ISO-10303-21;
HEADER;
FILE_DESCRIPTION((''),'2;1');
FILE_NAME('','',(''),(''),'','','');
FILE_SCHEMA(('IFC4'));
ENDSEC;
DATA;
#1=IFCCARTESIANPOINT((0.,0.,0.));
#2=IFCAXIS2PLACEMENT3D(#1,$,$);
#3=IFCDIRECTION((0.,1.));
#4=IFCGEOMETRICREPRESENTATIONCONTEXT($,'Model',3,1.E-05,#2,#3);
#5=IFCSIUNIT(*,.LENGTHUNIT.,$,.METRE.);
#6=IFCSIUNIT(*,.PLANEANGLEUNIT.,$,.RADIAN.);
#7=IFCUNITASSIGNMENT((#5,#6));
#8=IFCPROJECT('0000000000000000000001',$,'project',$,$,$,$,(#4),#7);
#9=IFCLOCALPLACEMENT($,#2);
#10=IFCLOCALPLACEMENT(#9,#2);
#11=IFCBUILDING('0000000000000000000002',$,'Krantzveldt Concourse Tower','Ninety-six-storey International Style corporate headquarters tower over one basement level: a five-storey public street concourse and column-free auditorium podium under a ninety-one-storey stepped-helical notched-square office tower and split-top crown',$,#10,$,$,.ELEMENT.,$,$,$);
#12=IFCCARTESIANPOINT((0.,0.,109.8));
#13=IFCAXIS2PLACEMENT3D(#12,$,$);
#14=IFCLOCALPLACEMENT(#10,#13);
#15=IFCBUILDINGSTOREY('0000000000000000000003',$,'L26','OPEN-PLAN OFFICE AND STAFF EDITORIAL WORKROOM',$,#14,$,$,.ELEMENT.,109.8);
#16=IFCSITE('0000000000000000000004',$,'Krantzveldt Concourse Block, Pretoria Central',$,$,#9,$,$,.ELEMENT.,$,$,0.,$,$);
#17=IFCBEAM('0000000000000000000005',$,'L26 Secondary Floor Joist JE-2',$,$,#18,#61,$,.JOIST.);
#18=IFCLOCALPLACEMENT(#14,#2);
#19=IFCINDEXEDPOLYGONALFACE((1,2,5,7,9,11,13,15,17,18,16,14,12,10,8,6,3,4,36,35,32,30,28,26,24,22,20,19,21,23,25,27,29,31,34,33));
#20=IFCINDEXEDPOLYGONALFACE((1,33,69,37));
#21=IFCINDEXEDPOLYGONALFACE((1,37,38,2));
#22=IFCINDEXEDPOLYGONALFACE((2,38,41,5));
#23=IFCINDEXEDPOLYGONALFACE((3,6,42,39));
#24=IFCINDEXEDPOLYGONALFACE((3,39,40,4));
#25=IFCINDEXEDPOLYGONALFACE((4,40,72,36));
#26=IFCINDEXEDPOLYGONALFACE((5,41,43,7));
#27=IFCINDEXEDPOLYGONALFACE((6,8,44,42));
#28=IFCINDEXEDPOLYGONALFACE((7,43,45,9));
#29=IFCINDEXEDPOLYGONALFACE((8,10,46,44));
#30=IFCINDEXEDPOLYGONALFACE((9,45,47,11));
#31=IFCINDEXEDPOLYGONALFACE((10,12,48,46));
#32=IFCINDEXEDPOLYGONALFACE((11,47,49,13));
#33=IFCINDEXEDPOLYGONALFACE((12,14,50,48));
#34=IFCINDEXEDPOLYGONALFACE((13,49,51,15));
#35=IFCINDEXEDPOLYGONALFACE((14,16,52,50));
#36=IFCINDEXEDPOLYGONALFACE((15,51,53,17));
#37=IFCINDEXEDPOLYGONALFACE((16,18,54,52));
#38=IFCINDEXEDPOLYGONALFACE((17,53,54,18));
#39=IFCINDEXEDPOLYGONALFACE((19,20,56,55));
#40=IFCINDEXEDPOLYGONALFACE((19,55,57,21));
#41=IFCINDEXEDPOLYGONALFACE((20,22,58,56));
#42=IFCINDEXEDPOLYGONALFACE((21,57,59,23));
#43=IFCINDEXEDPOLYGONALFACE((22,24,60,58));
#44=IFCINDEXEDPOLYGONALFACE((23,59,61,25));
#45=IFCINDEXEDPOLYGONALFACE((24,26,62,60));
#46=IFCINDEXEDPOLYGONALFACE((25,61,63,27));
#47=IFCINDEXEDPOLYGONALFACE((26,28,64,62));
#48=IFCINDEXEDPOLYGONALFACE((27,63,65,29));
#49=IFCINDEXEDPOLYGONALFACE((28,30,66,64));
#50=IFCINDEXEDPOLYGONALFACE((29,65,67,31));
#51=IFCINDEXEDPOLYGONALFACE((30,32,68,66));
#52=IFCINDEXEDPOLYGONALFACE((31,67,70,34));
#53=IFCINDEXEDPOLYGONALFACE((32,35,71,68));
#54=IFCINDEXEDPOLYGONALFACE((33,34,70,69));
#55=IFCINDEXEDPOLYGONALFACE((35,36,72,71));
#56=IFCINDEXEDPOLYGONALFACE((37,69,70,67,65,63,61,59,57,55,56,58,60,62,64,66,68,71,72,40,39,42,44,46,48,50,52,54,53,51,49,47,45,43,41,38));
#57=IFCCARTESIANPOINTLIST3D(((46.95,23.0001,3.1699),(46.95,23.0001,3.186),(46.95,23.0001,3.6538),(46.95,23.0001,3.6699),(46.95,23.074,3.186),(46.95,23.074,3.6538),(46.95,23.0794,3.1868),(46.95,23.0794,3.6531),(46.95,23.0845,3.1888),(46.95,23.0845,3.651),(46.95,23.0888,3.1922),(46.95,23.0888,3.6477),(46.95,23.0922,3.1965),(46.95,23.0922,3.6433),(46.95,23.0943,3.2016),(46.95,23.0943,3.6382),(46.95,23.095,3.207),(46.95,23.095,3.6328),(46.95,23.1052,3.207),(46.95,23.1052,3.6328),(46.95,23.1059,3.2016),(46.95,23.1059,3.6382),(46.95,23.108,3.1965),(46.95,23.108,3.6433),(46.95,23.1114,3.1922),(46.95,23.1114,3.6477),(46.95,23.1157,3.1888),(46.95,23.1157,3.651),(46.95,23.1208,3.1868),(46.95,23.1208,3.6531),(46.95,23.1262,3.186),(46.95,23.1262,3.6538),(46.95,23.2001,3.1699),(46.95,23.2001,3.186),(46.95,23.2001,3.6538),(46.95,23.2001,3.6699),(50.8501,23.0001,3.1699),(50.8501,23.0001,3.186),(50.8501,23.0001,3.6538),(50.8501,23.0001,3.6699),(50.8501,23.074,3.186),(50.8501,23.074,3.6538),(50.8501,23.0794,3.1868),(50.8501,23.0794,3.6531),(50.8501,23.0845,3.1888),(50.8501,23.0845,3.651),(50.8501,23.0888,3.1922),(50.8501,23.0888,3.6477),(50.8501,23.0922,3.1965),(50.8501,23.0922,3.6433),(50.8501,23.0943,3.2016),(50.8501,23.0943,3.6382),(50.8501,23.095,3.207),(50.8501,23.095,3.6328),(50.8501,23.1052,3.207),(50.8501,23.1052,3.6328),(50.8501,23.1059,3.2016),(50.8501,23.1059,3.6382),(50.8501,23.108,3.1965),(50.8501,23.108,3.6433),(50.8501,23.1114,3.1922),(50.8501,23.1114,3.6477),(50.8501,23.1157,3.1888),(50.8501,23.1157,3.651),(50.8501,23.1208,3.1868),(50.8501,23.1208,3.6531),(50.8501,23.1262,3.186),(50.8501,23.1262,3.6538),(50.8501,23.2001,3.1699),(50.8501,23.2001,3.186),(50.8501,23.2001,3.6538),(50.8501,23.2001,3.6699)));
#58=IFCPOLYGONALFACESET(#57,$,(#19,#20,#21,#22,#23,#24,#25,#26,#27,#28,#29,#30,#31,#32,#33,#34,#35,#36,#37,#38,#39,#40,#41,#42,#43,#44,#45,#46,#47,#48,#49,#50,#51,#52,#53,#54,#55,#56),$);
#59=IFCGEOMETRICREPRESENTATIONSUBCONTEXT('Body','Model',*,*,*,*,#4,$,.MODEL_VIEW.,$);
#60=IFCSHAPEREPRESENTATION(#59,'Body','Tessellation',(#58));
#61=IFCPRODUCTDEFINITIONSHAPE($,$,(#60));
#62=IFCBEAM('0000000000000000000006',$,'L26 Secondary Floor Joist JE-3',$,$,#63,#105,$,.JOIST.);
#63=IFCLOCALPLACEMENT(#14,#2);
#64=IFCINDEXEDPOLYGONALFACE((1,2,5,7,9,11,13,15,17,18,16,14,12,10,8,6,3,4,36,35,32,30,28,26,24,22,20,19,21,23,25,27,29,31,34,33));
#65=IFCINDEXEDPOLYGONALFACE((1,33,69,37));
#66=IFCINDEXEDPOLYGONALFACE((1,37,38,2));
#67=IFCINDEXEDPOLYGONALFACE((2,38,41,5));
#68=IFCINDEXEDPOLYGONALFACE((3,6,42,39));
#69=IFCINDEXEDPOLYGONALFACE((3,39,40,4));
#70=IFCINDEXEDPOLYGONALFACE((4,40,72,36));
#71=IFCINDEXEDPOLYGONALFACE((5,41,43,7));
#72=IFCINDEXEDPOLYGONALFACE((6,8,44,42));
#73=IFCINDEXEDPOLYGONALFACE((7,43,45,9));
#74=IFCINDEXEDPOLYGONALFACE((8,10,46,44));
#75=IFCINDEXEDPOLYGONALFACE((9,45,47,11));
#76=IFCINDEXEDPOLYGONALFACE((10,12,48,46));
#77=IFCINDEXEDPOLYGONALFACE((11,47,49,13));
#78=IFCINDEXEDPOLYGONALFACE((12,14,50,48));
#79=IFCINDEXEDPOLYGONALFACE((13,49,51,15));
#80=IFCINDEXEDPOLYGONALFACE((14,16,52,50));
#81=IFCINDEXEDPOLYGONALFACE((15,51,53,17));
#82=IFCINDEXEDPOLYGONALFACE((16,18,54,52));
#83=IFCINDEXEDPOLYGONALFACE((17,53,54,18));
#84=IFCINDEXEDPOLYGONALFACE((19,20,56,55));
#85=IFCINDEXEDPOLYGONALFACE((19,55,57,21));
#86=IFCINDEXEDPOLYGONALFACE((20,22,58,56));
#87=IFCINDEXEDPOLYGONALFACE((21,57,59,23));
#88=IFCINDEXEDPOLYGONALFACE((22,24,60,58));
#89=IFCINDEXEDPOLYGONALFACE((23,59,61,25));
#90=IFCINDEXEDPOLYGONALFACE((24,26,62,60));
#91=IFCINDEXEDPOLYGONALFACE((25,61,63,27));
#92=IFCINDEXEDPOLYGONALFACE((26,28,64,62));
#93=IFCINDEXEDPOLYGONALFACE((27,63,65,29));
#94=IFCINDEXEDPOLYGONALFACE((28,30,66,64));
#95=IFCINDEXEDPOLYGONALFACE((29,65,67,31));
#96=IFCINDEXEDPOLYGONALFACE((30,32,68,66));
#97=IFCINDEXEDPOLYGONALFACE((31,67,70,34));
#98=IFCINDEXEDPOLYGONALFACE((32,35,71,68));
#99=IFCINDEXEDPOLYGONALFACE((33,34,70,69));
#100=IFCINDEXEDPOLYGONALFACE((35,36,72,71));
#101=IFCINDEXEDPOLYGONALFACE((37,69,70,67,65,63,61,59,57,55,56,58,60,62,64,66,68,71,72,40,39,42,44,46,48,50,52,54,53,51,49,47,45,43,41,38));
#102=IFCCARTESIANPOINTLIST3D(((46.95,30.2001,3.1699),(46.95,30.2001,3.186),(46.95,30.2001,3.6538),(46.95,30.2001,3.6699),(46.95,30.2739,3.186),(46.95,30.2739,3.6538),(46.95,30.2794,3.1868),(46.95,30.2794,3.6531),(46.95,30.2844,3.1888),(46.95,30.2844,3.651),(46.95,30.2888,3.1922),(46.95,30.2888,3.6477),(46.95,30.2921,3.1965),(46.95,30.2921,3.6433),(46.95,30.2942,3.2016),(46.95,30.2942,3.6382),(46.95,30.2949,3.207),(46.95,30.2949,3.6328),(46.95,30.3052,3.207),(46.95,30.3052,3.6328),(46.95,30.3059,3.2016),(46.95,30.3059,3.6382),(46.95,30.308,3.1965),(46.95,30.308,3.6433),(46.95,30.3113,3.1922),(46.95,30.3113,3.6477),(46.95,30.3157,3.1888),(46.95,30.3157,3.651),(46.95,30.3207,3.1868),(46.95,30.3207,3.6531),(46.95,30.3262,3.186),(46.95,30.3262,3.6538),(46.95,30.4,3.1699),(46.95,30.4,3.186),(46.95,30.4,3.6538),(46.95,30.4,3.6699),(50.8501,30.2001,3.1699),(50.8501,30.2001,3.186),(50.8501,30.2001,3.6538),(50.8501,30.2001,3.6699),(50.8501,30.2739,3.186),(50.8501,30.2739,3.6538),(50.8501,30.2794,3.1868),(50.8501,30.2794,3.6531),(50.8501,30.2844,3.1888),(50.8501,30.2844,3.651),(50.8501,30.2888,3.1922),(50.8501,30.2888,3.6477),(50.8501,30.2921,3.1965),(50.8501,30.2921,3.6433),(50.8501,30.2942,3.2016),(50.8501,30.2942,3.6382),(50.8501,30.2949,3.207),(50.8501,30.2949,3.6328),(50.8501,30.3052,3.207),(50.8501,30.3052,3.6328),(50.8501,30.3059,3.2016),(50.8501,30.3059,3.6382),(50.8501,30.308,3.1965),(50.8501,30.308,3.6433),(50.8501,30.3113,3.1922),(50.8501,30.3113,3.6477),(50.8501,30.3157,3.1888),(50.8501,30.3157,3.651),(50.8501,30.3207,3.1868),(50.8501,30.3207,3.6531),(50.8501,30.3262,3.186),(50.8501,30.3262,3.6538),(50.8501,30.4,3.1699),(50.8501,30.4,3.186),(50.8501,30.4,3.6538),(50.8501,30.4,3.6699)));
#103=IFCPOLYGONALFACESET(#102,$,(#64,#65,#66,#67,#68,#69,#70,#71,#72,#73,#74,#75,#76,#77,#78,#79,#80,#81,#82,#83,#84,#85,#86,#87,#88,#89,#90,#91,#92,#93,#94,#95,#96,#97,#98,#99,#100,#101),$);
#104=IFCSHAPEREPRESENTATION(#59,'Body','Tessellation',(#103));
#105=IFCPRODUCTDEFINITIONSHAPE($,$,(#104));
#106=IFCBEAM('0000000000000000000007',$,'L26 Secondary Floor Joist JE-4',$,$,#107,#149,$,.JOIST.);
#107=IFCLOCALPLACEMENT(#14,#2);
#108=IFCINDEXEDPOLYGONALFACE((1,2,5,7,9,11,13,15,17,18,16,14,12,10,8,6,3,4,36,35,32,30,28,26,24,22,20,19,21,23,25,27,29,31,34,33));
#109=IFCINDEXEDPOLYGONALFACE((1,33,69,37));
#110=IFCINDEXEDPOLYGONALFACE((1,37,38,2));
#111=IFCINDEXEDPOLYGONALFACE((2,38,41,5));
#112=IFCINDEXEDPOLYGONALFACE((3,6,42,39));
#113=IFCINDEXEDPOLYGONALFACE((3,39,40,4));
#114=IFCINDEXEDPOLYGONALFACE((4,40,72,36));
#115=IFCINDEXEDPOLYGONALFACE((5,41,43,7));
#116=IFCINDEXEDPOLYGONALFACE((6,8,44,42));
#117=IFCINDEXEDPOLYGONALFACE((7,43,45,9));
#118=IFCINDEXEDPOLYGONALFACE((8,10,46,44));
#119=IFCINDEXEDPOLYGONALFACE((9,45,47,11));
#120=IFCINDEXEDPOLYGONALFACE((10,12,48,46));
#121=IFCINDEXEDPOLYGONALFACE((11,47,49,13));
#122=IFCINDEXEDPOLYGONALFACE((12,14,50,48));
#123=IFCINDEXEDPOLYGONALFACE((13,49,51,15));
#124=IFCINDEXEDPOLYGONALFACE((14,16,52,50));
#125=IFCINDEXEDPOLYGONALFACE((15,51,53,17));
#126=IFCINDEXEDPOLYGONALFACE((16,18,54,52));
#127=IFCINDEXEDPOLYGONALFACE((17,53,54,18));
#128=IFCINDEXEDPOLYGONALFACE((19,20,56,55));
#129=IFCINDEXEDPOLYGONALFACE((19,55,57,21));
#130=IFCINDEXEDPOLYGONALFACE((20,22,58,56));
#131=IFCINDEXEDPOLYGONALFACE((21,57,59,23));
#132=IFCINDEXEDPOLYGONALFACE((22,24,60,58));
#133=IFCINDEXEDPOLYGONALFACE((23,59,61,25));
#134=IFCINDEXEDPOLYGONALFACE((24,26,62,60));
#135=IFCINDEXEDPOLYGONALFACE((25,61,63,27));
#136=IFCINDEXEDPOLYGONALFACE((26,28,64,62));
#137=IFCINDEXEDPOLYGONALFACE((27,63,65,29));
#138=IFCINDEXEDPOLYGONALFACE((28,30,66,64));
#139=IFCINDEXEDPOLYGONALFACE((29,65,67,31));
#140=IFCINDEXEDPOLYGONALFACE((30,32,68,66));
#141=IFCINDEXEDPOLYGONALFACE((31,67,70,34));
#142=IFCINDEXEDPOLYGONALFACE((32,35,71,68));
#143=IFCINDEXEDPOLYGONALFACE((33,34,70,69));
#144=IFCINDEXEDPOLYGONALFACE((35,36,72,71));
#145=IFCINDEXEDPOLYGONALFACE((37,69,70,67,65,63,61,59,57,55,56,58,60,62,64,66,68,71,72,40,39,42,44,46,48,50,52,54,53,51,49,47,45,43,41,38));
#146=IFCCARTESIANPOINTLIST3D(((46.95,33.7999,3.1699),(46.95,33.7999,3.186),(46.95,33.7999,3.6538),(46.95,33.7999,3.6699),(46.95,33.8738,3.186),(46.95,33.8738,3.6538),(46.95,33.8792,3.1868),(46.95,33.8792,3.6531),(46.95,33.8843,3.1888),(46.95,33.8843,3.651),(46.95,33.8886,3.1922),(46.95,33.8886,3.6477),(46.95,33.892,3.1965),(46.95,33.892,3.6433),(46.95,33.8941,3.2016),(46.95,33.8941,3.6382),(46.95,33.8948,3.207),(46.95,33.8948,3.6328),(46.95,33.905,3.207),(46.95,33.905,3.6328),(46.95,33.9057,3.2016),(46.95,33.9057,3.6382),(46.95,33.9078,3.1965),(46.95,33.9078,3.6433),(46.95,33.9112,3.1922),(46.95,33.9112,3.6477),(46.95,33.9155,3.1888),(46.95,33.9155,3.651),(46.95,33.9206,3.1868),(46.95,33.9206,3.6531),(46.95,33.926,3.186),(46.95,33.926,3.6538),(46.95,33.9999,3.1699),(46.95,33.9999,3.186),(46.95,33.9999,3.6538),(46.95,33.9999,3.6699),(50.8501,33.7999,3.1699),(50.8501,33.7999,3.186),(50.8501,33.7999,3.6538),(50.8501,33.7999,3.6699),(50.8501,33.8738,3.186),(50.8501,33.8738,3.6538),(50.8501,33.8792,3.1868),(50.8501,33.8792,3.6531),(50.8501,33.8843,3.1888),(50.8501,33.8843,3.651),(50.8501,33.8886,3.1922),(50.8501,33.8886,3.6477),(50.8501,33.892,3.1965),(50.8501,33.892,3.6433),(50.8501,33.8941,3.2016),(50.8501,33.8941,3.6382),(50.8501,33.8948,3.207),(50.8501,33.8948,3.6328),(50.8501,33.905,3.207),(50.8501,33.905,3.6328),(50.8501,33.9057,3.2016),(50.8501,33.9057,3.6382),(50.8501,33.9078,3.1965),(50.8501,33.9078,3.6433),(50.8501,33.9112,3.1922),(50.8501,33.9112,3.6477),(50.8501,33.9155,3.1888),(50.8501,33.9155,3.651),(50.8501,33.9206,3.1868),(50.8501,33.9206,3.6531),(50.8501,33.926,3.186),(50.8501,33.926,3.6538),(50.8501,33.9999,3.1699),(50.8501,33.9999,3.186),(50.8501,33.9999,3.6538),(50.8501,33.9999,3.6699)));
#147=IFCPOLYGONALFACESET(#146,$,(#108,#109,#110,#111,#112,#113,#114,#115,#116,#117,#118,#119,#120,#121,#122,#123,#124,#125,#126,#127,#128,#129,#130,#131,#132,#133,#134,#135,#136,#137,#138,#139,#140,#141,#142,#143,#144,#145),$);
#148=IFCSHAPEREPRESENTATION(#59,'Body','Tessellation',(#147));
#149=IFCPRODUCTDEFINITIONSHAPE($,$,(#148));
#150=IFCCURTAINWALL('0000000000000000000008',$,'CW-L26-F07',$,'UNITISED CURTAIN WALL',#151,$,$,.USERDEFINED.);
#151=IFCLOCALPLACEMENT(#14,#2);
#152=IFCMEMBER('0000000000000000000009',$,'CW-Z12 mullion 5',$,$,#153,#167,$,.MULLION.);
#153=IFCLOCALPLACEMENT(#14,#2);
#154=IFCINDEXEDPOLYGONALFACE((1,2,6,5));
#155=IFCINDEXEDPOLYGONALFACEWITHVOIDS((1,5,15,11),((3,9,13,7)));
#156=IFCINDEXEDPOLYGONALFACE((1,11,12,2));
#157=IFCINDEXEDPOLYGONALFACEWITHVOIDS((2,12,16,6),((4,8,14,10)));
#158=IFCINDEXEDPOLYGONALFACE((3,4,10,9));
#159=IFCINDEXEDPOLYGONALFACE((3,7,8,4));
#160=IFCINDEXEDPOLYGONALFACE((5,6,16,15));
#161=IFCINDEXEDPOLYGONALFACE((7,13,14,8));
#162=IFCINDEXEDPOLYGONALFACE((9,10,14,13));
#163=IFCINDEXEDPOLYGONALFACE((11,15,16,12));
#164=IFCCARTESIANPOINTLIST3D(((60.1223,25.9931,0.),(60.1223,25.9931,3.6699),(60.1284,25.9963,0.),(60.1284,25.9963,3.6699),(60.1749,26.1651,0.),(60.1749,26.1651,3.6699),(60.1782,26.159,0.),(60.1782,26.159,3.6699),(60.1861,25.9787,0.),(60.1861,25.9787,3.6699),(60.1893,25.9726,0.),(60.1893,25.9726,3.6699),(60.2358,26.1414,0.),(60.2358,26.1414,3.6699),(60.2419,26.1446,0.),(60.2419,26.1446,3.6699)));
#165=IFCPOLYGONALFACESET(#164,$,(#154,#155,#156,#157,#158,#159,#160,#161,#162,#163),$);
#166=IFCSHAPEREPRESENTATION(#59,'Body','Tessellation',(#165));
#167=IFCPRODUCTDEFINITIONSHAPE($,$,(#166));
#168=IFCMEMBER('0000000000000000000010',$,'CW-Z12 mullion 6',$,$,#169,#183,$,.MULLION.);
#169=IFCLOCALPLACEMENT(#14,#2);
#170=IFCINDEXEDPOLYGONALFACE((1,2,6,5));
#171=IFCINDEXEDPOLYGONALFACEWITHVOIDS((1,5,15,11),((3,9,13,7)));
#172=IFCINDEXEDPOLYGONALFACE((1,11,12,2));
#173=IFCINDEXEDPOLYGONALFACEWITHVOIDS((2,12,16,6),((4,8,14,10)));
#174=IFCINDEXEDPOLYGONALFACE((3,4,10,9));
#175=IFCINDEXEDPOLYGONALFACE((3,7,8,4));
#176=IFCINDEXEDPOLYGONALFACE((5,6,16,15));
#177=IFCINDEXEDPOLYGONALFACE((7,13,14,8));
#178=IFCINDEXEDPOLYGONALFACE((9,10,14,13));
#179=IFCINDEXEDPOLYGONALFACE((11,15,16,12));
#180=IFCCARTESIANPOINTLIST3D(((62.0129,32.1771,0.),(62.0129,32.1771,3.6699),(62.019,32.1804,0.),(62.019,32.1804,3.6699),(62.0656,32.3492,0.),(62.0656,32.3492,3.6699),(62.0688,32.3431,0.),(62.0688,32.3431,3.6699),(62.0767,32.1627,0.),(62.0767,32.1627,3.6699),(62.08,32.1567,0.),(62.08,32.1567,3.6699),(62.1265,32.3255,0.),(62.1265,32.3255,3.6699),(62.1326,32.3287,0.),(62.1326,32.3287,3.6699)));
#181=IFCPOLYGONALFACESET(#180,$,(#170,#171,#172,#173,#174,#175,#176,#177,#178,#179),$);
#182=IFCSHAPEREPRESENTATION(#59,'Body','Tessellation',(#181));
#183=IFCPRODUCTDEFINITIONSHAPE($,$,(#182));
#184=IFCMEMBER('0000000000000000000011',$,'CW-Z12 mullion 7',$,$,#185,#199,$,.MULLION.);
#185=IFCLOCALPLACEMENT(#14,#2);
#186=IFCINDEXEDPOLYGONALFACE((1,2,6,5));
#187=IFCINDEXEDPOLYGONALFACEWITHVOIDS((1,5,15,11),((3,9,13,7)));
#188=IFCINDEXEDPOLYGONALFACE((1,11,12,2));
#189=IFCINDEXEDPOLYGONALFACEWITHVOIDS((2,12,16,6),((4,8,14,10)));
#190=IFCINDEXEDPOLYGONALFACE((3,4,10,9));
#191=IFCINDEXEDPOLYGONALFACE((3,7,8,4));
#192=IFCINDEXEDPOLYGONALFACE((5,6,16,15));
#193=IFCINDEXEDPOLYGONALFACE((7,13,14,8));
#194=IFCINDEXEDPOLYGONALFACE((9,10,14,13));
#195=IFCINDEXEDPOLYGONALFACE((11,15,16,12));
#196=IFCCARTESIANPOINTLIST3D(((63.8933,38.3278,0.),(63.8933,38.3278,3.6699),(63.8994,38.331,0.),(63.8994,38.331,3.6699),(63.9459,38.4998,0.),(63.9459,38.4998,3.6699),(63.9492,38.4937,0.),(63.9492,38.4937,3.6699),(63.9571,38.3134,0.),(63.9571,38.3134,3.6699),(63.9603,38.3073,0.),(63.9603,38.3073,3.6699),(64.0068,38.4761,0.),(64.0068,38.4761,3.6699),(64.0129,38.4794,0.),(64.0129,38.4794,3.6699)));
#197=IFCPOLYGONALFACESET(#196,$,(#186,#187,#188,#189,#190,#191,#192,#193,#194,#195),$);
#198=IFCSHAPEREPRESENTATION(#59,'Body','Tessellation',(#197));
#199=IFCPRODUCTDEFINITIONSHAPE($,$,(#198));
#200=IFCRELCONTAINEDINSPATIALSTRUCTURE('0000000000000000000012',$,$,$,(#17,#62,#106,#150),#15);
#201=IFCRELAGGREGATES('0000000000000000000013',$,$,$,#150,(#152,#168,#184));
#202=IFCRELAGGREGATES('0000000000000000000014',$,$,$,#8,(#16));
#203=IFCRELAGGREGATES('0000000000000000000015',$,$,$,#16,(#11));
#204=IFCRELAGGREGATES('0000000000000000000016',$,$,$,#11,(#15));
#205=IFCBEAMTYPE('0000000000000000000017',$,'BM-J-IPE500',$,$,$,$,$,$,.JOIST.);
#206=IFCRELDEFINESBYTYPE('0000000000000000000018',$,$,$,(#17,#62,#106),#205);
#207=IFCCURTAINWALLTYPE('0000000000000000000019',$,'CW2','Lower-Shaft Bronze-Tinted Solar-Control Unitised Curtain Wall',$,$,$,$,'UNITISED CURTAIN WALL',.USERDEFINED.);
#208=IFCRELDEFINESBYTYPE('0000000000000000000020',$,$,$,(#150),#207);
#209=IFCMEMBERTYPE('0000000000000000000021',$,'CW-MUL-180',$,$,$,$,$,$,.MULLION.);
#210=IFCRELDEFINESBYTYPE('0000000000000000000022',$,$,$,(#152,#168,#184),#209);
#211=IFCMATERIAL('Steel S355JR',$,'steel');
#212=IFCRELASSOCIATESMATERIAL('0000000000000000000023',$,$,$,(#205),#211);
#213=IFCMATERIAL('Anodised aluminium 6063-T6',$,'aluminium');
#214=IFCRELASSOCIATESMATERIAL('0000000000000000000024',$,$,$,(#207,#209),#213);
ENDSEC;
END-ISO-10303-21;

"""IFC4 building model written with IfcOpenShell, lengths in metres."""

from ifc_helpers import new_model, si_unit, direction, frame, origin, origin_2d, place, context, subcontext, project, spatial, hollow_rectangle, i_section, extrude, source, transform, mapped, material, material_profile, profile_set, type_object, type_shapes, element, aggregate, save


model = new_model("IFC4")

# Units and contexts
model_context = context("Model", 3, precision=1e-05, world=origin(), true_north=direction((0.0, 1.0)))
body_context = subcontext(model_context, "Body", "Model", "MODEL_VIEW")
ifc_project = project(units=[si_unit("LENGTHUNIT", "METRE"), si_unit("PLANEANGLEUNIT", "RADIAN")], contexts=[model_context])

# Site, building, storey
site_placement = place(None, origin())
site = spatial("IfcSite", under=ifc_project, at=site_placement, Name="Krantzveldt Concourse Block, Pretoria Central", CompositionType="ELEMENT", RefElevation=0.0)
building_placement = place(site_placement, origin())
building = spatial("IfcBuilding", under=site, at=building_placement, Name="Krantzveldt Concourse Tower", Description="Ninety-six-storey International Style corporate headquarters tower over one basement level: a five-storey public street concourse and column-free auditorium podium under a ninety-one-storey stepped-helical notched-square office tower and split-top crown", CompositionType="ELEMENT")
storey_placement = place(building_placement, frame((0.0, 0.0, 109.8)))
storey = spatial("IfcBuildingStorey", under=building, at=storey_placement, Name="L26", Description="OPEN-PLAN OFFICE AND STAFF EDITORIAL WORKROOM", CompositionType="ELEMENT", Elevation=109.8)

# Beams
ifc_material_1 = material(Name="Steel S355JR", Category="steel")
ifc_material_profile_1 = material_profile(ifc_material_1, i_section(OverallWidth=0.2, OverallDepth=0.5, WebThickness=0.0103, FlangeThickness=0.0161, FilletRadius=0.021, at=origin_2d()), Name="Steel S355JR", Category="steel")
ifc_profile_set_1 = profile_set([ifc_material_profile_1], Name="Steel S355JR - IPE 500")
beam_type_1 = type_object("IfcBeamType", Name="BM-J-IPE500", PredefinedType="JOIST", material=ifc_profile_set_1)
shared_shape_1 = source(origin(), body_context, "Body", "SweptSolid", [
    extrude(i_section(OverallWidth=0.2, OverallDepth=0.5, WebThickness=0.0103, FlangeThickness=0.0161, FilletRadius=0.021, at=origin_2d()), origin(), (0.0, 0.0, 1.0), 3.9001),
])
type_shapes(beam_type_1, [shared_shape_1])
for number, where, z_axis, x_axis, name in (
    (1, (46.95, 23.1001, 3.4199), (1.0, 0.0, 0.0), (0.0, 1.0, 0.0), "L26 Secondary Floor Joist JE-2"),
    (2, (46.95, 30.3, 3.4199), (1.0, 0.0, 0.0), (0.0, 1.0, 0.0), "L26 Secondary Floor Joist JE-3"),
    (3, (46.95, 33.8999, 3.4199), (1.0, 0.0, 0.0), (0.0, 1.0, 0.0), "L26 Secondary Floor Joist JE-4"),
):
    element("IfcBeam", number, at=place(storey_placement, frame(where, z_axis=z_axis, x_axis=x_axis)), inside=storey, type_object=beam_type_1, Name=name, PredefinedType="JOIST", context=body_context, shape_type="MappedRepresentation", body=[
        mapped(shared_shape_1, transform((0.0, 0.0, 0.0), x_axis=(1.0, 0.0, 0.0), y_axis=(0.0, 1.0, 0.0), z_axis=(0.0, 0.0, 1.0), scale=1.0)),
    ])

# Curtain wall, members
ifc_material_2 = material(Name="Anodised aluminium 6063-T6", Category="aluminium")
curtain_wall_type = type_object("IfcCurtainWallType", Name="CW2", Description="Lower-Shaft Bronze-Tinted Solar-Control Unitised Curtain Wall", ElementType="UNITISED CURTAIN WALL", PredefinedType="USERDEFINED", material=ifc_material_2)
curtain_wall_1_placement = place(storey_placement, origin())
curtain_wall_1 = element("IfcCurtainWall", 4, at=curtain_wall_1_placement, inside=storey, type_object=curtain_wall_type, Name="CW-L26-F07", ObjectType="UNITISED CURTAIN WALL", PredefinedType="USERDEFINED")
ifc_material_profile_2 = material_profile(ifc_material_2, hollow_rectangle(XDim=0.0701, YDim=0.1799, WallThickness=0.0049, at=origin_2d()), Name="Anodised aluminium 6063-T6", Category="aluminium")
ifc_profile_set_2 = profile_set([ifc_material_profile_2], Name="Anodised aluminium 6063-T6 - ALU-MULL 180x70x5")
member_type_1 = type_object("IfcMemberType", Name="CW-MUL-180", PredefinedType="MULLION", material=ifc_profile_set_2)
shared_shape_2 = source(origin(), body_context, "Body", "SweptSolid", [
    extrude(hollow_rectangle(XDim=0.0701, YDim=0.1799, WallThickness=0.0049, at=origin_2d()), origin(), (0.0, 0.0, 1.0), 3.6699),
])
type_shapes(member_type_1, [shared_shape_2])
member_1_placement = place(storey_placement, frame((60.1821, 26.0688, 0.0), z_axis=(0.0, 0.0, 1.0), x_axis=(-0.956305, 0.292372, 0.0)))
member_1 = element("IfcMember", 5, at=member_1_placement, type_object=member_type_1, Name="CW-Z12 mullion 5", PredefinedType="MULLION", context=body_context, shape_type="MappedRepresentation", body=[
    mapped(shared_shape_2, transform((0.0, 0.0, 0.0), x_axis=(1.0, 0.0, 0.0), y_axis=(0.0, 1.0, 0.0), z_axis=(0.0, 0.0, 1.0), scale=1.0)),
])
member_2_placement = place(storey_placement, frame((62.0728, 32.2529, 0.0), z_axis=(0.0, 0.0, 1.0), x_axis=(-0.956305, 0.292372, 0.0)))
member_2 = element("IfcMember", 6, at=member_2_placement, type_object=member_type_1, Name="CW-Z12 mullion 6", PredefinedType="MULLION", context=body_context, shape_type="MappedRepresentation", body=[
    mapped(shared_shape_2, transform((0.0, 0.0, 0.0), x_axis=(1.0, 0.0, 0.0), y_axis=(0.0, 1.0, 0.0), z_axis=(0.0, 0.0, 1.0), scale=1.0)),
])
member_3_placement = place(storey_placement, frame((63.9531, 38.4036, 0.0), z_axis=(0.0, 0.0, 1.0), x_axis=(-0.956305, 0.292372, 0.0)))
member_3 = element("IfcMember", 7, at=member_3_placement, type_object=member_type_1, Name="CW-Z12 mullion 7", PredefinedType="MULLION", context=body_context, shape_type="MappedRepresentation", body=[
    mapped(shared_shape_2, transform((0.0, 0.0, 0.0), x_axis=(1.0, 0.0, 0.0), y_axis=(0.0, 1.0, 0.0), z_axis=(0.0, 0.0, 1.0), scale=1.0)),
])

aggregate(curtain_wall_1, [member_1, member_2, member_3])

save(model, "model.ifc")
